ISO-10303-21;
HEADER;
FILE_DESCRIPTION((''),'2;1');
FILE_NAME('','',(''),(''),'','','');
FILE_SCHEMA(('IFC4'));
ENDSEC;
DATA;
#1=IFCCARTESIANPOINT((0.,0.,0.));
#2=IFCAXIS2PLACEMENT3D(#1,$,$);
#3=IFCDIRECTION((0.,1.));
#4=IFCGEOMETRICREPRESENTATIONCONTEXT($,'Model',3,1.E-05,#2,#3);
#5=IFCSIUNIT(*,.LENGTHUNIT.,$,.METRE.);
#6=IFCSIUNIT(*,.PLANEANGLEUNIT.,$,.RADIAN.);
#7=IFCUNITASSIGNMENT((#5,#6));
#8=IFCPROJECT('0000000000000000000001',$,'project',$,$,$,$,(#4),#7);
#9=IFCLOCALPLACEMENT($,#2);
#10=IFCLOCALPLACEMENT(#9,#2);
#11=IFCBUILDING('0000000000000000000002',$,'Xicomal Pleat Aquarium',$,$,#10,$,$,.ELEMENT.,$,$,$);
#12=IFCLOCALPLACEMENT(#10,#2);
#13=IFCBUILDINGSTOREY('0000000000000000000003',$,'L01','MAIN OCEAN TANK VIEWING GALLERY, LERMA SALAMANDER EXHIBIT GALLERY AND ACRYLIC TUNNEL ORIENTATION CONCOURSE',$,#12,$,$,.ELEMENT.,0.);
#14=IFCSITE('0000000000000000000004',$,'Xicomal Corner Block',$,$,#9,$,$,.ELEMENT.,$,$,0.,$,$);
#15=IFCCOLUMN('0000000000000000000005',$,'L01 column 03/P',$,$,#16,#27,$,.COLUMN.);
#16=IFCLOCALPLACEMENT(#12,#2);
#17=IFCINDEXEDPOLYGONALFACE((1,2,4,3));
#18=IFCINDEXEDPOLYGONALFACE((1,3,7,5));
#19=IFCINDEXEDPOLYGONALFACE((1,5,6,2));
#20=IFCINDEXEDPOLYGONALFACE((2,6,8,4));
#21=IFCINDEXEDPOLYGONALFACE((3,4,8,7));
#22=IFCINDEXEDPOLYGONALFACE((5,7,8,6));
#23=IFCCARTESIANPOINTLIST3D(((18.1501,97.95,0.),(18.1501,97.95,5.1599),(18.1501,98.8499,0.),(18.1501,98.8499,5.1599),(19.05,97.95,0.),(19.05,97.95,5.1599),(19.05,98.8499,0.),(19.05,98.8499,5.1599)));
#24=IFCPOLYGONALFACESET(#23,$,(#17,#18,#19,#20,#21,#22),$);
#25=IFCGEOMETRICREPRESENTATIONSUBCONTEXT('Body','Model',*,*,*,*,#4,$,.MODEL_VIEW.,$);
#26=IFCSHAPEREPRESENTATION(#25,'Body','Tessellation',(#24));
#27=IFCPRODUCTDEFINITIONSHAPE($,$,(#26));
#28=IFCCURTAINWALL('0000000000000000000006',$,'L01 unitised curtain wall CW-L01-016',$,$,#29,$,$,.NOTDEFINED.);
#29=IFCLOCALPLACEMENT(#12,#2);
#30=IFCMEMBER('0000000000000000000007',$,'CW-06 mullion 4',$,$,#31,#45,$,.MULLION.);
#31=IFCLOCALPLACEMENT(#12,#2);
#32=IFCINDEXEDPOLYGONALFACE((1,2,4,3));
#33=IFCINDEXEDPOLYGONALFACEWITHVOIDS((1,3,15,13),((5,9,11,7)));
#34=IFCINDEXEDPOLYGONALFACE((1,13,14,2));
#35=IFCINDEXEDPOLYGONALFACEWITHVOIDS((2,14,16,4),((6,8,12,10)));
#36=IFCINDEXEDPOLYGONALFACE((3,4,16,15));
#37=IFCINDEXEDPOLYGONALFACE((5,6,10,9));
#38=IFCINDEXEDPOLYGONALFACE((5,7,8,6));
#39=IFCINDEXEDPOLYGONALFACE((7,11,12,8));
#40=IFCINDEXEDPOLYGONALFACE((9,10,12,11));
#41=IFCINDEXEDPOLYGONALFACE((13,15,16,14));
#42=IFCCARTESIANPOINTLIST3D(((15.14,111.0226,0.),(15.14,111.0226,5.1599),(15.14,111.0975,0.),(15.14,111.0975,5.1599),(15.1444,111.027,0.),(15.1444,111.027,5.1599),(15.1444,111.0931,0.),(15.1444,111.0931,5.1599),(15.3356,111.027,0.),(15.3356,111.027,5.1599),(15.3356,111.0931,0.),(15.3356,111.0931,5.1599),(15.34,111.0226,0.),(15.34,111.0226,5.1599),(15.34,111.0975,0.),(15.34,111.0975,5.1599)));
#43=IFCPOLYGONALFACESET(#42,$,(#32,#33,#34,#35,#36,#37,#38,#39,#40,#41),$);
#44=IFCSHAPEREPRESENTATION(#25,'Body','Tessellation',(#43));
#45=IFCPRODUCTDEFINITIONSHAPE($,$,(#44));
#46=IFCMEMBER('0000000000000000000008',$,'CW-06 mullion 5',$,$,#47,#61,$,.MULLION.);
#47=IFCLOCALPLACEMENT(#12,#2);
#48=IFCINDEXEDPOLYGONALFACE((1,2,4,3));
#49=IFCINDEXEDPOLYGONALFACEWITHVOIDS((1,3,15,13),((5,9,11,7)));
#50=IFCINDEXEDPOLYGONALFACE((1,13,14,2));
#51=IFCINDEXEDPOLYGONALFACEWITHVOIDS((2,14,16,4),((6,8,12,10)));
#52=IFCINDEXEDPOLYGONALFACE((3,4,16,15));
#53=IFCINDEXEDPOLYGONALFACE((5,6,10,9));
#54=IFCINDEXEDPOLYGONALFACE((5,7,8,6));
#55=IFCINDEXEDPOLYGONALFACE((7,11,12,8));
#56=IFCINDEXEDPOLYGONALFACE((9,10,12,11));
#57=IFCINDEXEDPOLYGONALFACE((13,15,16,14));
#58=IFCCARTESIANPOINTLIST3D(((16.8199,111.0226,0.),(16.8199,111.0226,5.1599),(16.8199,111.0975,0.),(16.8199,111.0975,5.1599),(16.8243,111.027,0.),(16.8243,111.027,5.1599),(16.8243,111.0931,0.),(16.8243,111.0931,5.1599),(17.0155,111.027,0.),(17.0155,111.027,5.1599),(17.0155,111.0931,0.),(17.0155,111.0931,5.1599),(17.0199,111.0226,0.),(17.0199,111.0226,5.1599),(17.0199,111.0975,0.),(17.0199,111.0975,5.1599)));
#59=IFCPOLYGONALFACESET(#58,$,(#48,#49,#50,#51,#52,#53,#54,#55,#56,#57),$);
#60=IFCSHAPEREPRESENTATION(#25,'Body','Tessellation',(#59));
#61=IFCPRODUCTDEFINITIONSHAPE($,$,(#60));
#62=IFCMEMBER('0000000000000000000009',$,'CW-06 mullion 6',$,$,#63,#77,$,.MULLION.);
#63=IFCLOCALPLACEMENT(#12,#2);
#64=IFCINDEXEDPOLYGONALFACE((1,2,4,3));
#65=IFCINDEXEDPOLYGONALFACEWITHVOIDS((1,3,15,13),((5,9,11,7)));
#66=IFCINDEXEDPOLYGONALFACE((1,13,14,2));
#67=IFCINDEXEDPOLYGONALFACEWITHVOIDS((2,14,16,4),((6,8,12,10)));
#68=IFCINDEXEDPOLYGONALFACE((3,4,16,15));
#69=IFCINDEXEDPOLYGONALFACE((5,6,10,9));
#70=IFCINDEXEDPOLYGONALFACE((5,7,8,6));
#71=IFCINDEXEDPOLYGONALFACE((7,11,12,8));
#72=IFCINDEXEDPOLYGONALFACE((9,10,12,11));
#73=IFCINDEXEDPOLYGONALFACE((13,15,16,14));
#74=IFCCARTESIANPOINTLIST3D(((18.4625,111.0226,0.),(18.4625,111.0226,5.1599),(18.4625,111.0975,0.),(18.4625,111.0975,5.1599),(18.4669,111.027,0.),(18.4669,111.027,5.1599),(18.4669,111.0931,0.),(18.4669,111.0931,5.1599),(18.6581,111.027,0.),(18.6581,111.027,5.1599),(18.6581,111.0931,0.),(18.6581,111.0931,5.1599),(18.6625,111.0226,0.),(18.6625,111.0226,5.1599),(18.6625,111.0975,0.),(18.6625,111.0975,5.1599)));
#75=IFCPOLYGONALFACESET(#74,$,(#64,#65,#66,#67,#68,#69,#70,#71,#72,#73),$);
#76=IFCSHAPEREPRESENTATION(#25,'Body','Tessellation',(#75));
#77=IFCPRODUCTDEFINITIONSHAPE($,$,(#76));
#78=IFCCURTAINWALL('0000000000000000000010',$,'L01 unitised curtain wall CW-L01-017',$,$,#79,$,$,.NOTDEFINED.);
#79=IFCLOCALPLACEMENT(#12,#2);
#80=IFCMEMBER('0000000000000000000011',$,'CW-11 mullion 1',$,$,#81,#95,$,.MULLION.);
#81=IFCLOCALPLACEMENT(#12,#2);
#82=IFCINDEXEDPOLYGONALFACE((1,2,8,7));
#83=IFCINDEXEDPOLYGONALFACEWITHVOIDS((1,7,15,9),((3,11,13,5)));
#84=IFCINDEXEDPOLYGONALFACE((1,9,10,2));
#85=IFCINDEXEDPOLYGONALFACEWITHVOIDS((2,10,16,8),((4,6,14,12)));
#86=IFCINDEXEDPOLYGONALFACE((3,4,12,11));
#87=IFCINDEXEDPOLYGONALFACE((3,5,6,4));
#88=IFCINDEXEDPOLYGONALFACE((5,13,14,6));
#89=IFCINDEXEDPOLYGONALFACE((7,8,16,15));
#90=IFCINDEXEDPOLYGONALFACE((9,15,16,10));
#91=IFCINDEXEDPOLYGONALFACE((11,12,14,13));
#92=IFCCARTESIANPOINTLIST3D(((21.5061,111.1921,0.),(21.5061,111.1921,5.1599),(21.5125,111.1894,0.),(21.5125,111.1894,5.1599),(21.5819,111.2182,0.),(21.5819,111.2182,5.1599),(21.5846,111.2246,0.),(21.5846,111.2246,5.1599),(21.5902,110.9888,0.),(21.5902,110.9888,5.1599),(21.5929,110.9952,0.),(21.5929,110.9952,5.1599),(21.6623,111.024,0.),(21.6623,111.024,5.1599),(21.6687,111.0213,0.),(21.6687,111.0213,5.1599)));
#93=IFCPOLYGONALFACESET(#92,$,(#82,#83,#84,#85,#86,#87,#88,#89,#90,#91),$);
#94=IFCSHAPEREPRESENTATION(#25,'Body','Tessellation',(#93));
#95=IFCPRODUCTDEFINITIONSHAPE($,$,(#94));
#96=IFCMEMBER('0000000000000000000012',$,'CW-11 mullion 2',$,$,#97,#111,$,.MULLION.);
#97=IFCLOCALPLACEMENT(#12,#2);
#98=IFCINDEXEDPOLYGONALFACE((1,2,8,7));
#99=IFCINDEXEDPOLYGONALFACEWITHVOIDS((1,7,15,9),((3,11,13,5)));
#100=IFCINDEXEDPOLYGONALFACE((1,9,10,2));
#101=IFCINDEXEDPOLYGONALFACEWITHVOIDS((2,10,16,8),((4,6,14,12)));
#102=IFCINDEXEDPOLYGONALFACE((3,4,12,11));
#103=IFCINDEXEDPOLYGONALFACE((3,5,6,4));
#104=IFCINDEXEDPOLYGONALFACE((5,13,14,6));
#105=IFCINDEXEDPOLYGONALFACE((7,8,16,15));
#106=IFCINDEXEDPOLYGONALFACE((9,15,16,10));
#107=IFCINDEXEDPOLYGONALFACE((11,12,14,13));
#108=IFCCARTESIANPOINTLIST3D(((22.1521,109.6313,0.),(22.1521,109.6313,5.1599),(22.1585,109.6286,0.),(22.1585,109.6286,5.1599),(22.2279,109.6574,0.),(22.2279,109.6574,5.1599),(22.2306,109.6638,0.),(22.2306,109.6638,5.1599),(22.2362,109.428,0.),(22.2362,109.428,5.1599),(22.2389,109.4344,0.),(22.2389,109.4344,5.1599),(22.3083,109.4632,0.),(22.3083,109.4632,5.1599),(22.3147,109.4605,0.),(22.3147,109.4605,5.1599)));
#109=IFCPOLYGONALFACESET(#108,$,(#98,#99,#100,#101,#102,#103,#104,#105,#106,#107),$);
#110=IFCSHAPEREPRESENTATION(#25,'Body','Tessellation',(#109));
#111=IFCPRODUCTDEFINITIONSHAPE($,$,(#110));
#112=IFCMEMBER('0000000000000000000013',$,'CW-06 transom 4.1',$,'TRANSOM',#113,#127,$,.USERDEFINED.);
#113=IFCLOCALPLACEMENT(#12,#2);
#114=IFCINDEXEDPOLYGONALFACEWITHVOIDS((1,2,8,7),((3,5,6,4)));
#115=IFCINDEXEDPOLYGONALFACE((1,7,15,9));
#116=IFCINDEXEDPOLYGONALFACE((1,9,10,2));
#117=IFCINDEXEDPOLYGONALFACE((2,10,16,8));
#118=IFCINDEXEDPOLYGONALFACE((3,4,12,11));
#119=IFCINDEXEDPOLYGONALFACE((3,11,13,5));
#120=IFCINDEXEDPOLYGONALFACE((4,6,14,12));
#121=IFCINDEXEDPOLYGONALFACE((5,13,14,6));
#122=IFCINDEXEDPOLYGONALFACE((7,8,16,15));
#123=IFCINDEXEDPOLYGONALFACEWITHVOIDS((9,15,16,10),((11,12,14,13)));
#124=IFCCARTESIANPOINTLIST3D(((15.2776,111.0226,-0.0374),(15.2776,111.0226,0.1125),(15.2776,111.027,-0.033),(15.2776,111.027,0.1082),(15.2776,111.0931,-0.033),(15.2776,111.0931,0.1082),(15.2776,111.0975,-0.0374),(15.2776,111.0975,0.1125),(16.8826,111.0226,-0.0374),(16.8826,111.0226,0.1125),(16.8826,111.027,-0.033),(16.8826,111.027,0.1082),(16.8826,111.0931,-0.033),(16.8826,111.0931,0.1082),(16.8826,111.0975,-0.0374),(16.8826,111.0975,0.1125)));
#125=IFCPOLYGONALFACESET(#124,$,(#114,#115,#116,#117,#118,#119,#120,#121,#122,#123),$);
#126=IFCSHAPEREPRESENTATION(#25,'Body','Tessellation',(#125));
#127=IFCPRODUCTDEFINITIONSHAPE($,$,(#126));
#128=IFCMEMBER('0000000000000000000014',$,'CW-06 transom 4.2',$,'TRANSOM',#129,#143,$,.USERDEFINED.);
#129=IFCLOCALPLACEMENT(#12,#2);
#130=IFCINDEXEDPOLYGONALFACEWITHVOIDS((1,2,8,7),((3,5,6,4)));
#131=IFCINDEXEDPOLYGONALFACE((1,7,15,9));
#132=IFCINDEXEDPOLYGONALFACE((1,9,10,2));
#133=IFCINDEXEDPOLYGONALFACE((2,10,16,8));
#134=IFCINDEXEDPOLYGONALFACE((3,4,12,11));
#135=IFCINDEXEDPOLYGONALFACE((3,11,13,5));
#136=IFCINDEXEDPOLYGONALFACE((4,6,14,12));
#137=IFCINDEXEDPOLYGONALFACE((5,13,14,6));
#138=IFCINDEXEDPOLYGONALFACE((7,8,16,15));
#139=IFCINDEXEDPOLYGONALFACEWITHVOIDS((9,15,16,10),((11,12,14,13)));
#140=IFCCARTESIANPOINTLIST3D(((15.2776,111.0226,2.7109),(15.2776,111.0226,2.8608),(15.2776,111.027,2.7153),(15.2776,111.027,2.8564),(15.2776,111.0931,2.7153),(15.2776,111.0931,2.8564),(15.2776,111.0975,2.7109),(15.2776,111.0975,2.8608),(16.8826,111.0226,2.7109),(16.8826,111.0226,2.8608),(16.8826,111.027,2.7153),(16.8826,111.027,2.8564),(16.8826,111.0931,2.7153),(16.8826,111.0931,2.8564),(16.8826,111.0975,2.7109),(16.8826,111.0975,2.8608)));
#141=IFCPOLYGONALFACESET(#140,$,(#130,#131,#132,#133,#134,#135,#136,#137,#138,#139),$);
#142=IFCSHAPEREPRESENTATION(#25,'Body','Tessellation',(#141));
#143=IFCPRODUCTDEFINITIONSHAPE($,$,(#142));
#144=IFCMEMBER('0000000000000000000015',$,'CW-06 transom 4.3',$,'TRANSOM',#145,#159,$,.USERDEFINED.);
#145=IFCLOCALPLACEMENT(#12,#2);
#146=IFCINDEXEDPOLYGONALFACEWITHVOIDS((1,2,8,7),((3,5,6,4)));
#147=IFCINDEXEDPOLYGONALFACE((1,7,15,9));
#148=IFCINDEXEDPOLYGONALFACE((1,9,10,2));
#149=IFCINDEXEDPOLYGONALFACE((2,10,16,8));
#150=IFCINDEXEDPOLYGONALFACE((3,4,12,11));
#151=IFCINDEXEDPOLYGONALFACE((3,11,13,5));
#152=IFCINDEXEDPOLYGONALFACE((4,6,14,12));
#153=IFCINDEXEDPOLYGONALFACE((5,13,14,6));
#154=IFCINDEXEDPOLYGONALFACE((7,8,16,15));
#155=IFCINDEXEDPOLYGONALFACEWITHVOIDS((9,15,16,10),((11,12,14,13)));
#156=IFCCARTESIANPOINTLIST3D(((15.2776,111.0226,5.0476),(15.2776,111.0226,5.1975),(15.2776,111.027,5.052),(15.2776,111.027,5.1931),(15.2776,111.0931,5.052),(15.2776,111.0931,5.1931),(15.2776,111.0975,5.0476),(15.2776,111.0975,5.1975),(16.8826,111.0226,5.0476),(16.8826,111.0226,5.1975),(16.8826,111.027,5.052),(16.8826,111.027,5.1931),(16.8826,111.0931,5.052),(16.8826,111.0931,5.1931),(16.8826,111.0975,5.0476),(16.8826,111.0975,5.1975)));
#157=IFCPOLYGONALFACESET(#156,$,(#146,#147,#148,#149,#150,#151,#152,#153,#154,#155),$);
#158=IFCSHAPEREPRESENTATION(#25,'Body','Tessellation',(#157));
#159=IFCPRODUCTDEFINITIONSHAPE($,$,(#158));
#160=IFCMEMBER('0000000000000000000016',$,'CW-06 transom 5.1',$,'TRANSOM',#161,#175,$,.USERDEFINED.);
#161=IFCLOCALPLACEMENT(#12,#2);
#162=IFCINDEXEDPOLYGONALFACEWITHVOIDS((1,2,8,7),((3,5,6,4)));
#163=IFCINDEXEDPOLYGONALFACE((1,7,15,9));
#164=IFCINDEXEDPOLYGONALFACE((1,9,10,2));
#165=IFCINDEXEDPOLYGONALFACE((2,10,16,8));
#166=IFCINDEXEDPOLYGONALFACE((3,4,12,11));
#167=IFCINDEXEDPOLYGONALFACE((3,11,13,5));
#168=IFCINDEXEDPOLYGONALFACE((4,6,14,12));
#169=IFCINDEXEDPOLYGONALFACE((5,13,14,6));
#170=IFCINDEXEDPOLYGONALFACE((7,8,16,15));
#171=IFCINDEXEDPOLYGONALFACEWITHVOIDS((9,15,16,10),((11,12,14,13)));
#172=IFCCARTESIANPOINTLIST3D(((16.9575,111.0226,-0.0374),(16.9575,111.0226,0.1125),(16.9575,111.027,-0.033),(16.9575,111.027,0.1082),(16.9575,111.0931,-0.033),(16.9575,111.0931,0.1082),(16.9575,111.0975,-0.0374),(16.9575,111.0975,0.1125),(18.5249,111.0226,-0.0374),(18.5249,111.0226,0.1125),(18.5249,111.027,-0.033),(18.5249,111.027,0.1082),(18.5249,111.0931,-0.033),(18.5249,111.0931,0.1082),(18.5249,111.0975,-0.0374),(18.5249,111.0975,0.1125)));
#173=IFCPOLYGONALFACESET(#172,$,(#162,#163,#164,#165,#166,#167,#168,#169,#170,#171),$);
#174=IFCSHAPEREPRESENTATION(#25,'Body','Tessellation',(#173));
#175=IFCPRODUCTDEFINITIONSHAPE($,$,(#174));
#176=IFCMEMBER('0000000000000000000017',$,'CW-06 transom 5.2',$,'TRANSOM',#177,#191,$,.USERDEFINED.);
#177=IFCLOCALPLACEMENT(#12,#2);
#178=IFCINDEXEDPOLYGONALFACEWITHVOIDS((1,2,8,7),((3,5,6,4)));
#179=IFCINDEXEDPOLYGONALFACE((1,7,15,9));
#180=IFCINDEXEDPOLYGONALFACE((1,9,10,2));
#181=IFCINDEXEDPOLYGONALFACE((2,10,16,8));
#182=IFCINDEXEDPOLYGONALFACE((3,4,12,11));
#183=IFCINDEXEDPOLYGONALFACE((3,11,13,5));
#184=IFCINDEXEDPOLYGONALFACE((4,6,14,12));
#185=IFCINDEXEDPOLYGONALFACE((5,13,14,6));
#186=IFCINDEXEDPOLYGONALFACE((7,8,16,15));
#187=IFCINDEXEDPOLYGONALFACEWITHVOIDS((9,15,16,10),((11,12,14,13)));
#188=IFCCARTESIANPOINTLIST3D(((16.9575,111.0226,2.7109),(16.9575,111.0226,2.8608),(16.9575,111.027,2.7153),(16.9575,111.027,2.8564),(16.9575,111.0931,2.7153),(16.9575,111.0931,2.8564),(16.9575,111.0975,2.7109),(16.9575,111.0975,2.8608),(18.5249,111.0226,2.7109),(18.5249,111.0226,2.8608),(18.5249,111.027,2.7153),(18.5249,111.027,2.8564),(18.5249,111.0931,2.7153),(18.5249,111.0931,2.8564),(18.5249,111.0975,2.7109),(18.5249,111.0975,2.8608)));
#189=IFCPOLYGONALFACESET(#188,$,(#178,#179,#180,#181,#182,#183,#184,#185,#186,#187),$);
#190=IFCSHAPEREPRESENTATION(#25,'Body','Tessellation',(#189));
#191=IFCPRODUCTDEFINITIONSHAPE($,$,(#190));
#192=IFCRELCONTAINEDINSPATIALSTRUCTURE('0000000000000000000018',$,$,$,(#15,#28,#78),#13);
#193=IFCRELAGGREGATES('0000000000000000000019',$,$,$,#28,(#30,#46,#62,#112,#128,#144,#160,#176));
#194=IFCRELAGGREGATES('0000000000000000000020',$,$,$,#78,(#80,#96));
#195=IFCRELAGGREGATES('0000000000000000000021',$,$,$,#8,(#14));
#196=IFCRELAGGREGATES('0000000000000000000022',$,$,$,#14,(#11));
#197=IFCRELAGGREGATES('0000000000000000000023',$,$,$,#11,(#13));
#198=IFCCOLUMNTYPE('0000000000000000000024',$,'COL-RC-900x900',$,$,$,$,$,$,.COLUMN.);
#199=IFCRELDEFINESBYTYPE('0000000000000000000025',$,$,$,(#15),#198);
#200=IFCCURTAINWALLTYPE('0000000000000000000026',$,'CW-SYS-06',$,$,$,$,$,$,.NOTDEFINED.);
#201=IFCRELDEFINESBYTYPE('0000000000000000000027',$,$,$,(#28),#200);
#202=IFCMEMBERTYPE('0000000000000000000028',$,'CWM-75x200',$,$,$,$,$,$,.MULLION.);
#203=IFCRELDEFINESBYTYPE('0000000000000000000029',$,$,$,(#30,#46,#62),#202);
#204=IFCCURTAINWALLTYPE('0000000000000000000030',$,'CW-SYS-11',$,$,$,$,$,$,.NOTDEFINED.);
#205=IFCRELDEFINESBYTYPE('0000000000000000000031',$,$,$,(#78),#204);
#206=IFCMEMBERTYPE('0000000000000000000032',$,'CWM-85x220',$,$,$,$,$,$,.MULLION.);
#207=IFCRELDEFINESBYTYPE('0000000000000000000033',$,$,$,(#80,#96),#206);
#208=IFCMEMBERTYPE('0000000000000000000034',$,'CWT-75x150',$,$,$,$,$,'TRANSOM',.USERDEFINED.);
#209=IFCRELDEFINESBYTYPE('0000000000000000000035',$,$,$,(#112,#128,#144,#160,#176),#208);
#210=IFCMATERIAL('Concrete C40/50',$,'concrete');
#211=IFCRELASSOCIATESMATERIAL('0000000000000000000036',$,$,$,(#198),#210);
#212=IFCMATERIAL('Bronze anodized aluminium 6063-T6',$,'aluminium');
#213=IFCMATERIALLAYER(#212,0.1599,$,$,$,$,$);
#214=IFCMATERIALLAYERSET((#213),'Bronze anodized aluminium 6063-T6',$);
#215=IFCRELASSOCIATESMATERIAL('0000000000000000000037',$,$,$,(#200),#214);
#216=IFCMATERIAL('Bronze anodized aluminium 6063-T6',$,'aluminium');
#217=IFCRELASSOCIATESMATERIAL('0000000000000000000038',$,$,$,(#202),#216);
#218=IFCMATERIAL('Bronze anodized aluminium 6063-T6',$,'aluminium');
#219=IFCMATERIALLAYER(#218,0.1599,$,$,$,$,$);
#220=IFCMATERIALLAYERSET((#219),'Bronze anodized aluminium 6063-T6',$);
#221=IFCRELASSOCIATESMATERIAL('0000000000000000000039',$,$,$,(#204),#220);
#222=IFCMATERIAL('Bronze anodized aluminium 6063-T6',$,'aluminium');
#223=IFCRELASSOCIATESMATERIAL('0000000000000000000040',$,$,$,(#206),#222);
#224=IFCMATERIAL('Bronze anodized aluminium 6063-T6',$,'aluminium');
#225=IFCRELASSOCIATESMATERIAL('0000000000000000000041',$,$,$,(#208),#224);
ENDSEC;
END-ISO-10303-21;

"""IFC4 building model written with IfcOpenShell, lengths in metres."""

from ifc_helpers import new_model, si_unit, direction, frame, origin, origin_2d, place, context, subcontext, project, spatial, rectangle, hollow_rectangle, extrude, material, layer, layer_set, material_profile, profile_set, type_object, element, aggregate, save


model = new_model("IFC4")

# Units and contexts
model_context = context("Model", 3, precision=1e-05, world=origin(), true_north=direction((0.0, 1.0)))
body_context = subcontext(model_context, "Body", "Model", "MODEL_VIEW")
ifc_project = project(units=[si_unit("LENGTHUNIT", "METRE"), si_unit("PLANEANGLEUNIT", "RADIAN")], contexts=[model_context])

# Site, building, storey
site_placement = place(None, origin())
site = spatial("IfcSite", under=ifc_project, at=site_placement, Name="Xicomal Corner Block", CompositionType="ELEMENT", RefElevation=0.0)
building_placement = place(site_placement, origin())
building = spatial("IfcBuilding", under=site, at=building_placement, Name="Xicomal Pleat Aquarium", CompositionType="ELEMENT")
storey_placement = place(building_placement, origin())
storey = spatial("IfcBuildingStorey", under=building, at=storey_placement, Name="L01", Description="MAIN OCEAN TANK VIEWING GALLERY, LERMA SALAMANDER EXHIBIT GALLERY AND ACRYLIC TUNNEL ORIENTATION CONCOURSE", CompositionType="ELEMENT", Elevation=0.0)

# Column
ifc_material_1 = material(Name="Concrete C40/50", Category="concrete")
ifc_material_profile_1 = material_profile(ifc_material_1, rectangle(XDim=0.8999, YDim=0.8999, at=origin_2d()), Name="RC 900x900")
ifc_profile_set_1 = profile_set([ifc_material_profile_1], Name="Concrete C40/50")
column_type = type_object("IfcColumnType", Name="COL-RC-900x900", PredefinedType="COLUMN", material=ifc_profile_set_1)
column_placement = place(storey_placement, frame((18.6001, 98.3999, 0.0), z_axis=(0.0, 0.0, 1.0), x_axis=(1.0, 0.0, 0.0)))
element("IfcColumn", 1, at=column_placement, inside=storey, type_object=column_type, Name="L01 column 03/P", PredefinedType="COLUMN", context=body_context, shape_type="SweptSolid", body=[
    extrude(rectangle(XDim=0.8999, YDim=0.8999, at=origin_2d()), origin(), (0.0, 0.0, 1.0), 5.1599),
])

# Curtain walls, members
ifc_material_2 = material(Name="Bronze anodized aluminium 6063-T6", Category="aluminium")
ifc_layer_1 = layer(ifc_material_2, 0.1599)
ifc_layer_set_1 = layer_set([ifc_layer_1], Name="Bronze anodized aluminium 6063-T6")
curtain_wall_type_1 = type_object("IfcCurtainWallType", Name="CW-SYS-06", PredefinedType="NOTDEFINED", material=ifc_layer_set_1)
curtain_wall_1_placement = place(storey_placement, origin())
curtain_wall_1 = element("IfcCurtainWall", 2, at=curtain_wall_1_placement, inside=storey, type_object=curtain_wall_type_1, Name="L01 unitised curtain wall CW-L01-016", PredefinedType="NOTDEFINED")
ifc_material_3 = material(Name="Bronze anodized aluminium 6063-T6", Category="aluminium")
ifc_material_profile_2 = material_profile(ifc_material_3, hollow_rectangle(XDim=0.075, YDim=0.2, WallThickness=0.0044, at=origin_2d()), Name="ALU MULL 75x200")
ifc_profile_set_2 = profile_set([ifc_material_profile_2], Name="Bronze anodized aluminium 6063-T6")
member_type_1 = type_object("IfcMemberType", Name="CWM-75x200", PredefinedType="MULLION", material=ifc_profile_set_2)
member_1_placement = place(storey_placement, frame((15.24, 111.0601, 0.0), z_axis=(0.0, 0.0, 1.0), x_axis=(0.0, 1.0, 0.0)))
member_1 = element("IfcMember", 3, at=member_1_placement, type_object=member_type_1, Name="CW-06 mullion 4", PredefinedType="MULLION", context=body_context, shape_type="SweptSolid", body=[
    extrude(hollow_rectangle(XDim=0.075, YDim=0.2, WallThickness=0.0044, at=origin_2d()), origin(), (0.0, 0.0, 1.0), 5.1599),
])
member_2_placement = place(storey_placement, frame((16.9199, 111.0601, 0.0), z_axis=(0.0, 0.0, 1.0), x_axis=(0.0, 1.0, 0.0)))
member_2 = element("IfcMember", 4, at=member_2_placement, type_object=member_type_1, Name="CW-06 mullion 5", PredefinedType="MULLION", context=body_context, shape_type="SweptSolid", body=[
    extrude(hollow_rectangle(XDim=0.075, YDim=0.2, WallThickness=0.0044, at=origin_2d()), origin(), (0.0, 0.0, 1.0), 5.1599),
])
member_3_placement = place(storey_placement, frame((18.5625, 111.0601, 0.0), z_axis=(0.0, 0.0, 1.0), x_axis=(0.0, 1.0, 0.0)))
member_3 = element("IfcMember", 5, at=member_3_placement, type_object=member_type_1, Name="CW-06 mullion 6", PredefinedType="MULLION", context=body_context, shape_type="SweptSolid", body=[
    extrude(hollow_rectangle(XDim=0.075, YDim=0.2, WallThickness=0.0044, at=origin_2d()), origin(), (0.0, 0.0, 1.0), 5.1599),
])
ifc_material_4 = material(Name="Bronze anodized aluminium 6063-T6", Category="aluminium")
ifc_layer_2 = layer(ifc_material_4, 0.1599)
ifc_layer_set_2 = layer_set([ifc_layer_2], Name="Bronze anodized aluminium 6063-T6")
curtain_wall_type_2 = type_object("IfcCurtainWallType", Name="CW-SYS-11", PredefinedType="NOTDEFINED", material=ifc_layer_set_2)
curtain_wall_2_placement = place(storey_placement, origin())
curtain_wall_2 = element("IfcCurtainWall", 6, at=curtain_wall_2_placement, inside=storey, type_object=curtain_wall_type_2, Name="L01 unitised curtain wall CW-L01-017", PredefinedType="NOTDEFINED")
ifc_material_5 = material(Name="Bronze anodized aluminium 6063-T6", Category="aluminium")
ifc_material_profile_3 = material_profile(ifc_material_5, hollow_rectangle(XDim=0.085, YDim=0.22, WallThickness=0.0049, at=origin_2d()), Name="ALU MULL 85x220")
ifc_profile_set_3 = profile_set([ifc_material_profile_3], Name="Bronze anodized aluminium 6063-T6")
member_type_2 = type_object("IfcMemberType", Name="CWM-85x220", PredefinedType="MULLION", material=ifc_profile_set_3)
member_4_placement = place(storey_placement, frame((21.5874, 111.1067, 0.0), z_axis=(0.0, 0.0, 1.0), x_axis=(0.923929, 0.382564, 0.0)))
member_4 = element("IfcMember", 7, at=member_4_placement, type_object=member_type_2, Name="CW-11 mullion 1", PredefinedType="MULLION", context=body_context, shape_type="SweptSolid", body=[
    extrude(hollow_rectangle(XDim=0.085, YDim=0.22, WallThickness=0.0049, at=origin_2d()), origin(), (0.0, 0.0, 1.0), 5.1599),
])
member_5_placement = place(storey_placement, frame((22.2334, 109.5459, 0.0), z_axis=(0.0, 0.0, 1.0), x_axis=(0.923929, 0.382564, 0.0)))
member_5 = element("IfcMember", 8, at=member_5_placement, type_object=member_type_2, Name="CW-11 mullion 2", PredefinedType="MULLION", context=body_context, shape_type="SweptSolid", body=[
    extrude(hollow_rectangle(XDim=0.085, YDim=0.22, WallThickness=0.0049, at=origin_2d()), origin(), (0.0, 0.0, 1.0), 5.1599),
])

# Members
ifc_material_6 = material(Name="Bronze anodized aluminium 6063-T6", Category="aluminium")
ifc_material_profile_4 = material_profile(ifc_material_6, hollow_rectangle(XDim=0.075, YDim=0.1499, WallThickness=0.0044, at=origin_2d()), Name="ALU TRAN 75x150")
ifc_profile_set_4 = profile_set([ifc_material_profile_4], Name="Bronze anodized aluminium 6063-T6")
member_type_3 = type_object("IfcMemberType", Name="CWT-75x150", ElementType="TRANSOM", PredefinedType="USERDEFINED", material=ifc_profile_set_4)
member_6_placement = place(storey_placement, frame((15.2776, 111.0601, 0.0376), z_axis=(1.0, 0.0, 0.0), x_axis=(0.0, 1.0, 0.0)))
member_6 = element("IfcMember", 9, at=member_6_placement, type_object=member_type_3, Name="CW-06 transom 4.1", ObjectType="TRANSOM", PredefinedType="USERDEFINED", context=body_context, shape_type="SweptSolid", body=[
    extrude(hollow_rectangle(XDim=0.075, YDim=0.1499, WallThickness=0.0044, at=origin_2d()), origin(), (0.0, 0.0, 1.0), 1.605),
])
member_7_placement = place(storey_placement, frame((15.2776, 111.0601, 2.7859), z_axis=(1.0, 0.0, 0.0), x_axis=(0.0, 1.0, 0.0)))
member_7 = element("IfcMember", 10, at=member_7_placement, type_object=member_type_3, Name="CW-06 transom 4.2", ObjectType="TRANSOM", PredefinedType="USERDEFINED", context=body_context, shape_type="SweptSolid", body=[
    extrude(hollow_rectangle(XDim=0.075, YDim=0.1499, WallThickness=0.0044, at=origin_2d()), origin(), (0.0, 0.0, 1.0), 1.605),
])
member_8_placement = place(storey_placement, frame((15.2776, 111.0601, 5.1226), z_axis=(1.0, 0.0, 0.0), x_axis=(0.0, 1.0, 0.0)))
member_8 = element("IfcMember", 11, at=member_8_placement, type_object=member_type_3, Name="CW-06 transom 4.3", ObjectType="TRANSOM", PredefinedType="USERDEFINED", context=body_context, shape_type="SweptSolid", body=[
    extrude(hollow_rectangle(XDim=0.075, YDim=0.1499, WallThickness=0.0044, at=origin_2d()), origin(), (0.0, 0.0, 1.0), 1.605),
])
member_9_placement = place(storey_placement, frame((16.9575, 111.0601, 0.0376), z_axis=(1.0, 0.0, 0.0), x_axis=(0.0, 1.0, 0.0)))
member_9 = element("IfcMember", 12, at=member_9_placement, type_object=member_type_3, Name="CW-06 transom 5.1", ObjectType="TRANSOM", PredefinedType="USERDEFINED", context=body_context, shape_type="SweptSolid", body=[
    extrude(hollow_rectangle(XDim=0.075, YDim=0.1499, WallThickness=0.0044, at=origin_2d()), origin(), (0.0, 0.0, 1.0), 1.5674),
])
member_10_placement = place(storey_placement, frame((16.9575, 111.0601, 2.7859), z_axis=(1.0, 0.0, 0.0), x_axis=(0.0, 1.0, 0.0)))
member_10 = element("IfcMember", 13, at=member_10_placement, type_object=member_type_3, Name="CW-06 transom 5.2", ObjectType="TRANSOM", PredefinedType="USERDEFINED", context=body_context, shape_type="SweptSolid", body=[
    extrude(hollow_rectangle(XDim=0.075, YDim=0.1499, WallThickness=0.0044, at=origin_2d()), origin(), (0.0, 0.0, 1.0), 1.5674),
])

aggregate(curtain_wall_1, [member_1, member_2, member_3, member_6, member_7, member_8, member_9, member_10])
aggregate(curtain_wall_2, [member_4, member_5])

save(model, "model.ifc")
